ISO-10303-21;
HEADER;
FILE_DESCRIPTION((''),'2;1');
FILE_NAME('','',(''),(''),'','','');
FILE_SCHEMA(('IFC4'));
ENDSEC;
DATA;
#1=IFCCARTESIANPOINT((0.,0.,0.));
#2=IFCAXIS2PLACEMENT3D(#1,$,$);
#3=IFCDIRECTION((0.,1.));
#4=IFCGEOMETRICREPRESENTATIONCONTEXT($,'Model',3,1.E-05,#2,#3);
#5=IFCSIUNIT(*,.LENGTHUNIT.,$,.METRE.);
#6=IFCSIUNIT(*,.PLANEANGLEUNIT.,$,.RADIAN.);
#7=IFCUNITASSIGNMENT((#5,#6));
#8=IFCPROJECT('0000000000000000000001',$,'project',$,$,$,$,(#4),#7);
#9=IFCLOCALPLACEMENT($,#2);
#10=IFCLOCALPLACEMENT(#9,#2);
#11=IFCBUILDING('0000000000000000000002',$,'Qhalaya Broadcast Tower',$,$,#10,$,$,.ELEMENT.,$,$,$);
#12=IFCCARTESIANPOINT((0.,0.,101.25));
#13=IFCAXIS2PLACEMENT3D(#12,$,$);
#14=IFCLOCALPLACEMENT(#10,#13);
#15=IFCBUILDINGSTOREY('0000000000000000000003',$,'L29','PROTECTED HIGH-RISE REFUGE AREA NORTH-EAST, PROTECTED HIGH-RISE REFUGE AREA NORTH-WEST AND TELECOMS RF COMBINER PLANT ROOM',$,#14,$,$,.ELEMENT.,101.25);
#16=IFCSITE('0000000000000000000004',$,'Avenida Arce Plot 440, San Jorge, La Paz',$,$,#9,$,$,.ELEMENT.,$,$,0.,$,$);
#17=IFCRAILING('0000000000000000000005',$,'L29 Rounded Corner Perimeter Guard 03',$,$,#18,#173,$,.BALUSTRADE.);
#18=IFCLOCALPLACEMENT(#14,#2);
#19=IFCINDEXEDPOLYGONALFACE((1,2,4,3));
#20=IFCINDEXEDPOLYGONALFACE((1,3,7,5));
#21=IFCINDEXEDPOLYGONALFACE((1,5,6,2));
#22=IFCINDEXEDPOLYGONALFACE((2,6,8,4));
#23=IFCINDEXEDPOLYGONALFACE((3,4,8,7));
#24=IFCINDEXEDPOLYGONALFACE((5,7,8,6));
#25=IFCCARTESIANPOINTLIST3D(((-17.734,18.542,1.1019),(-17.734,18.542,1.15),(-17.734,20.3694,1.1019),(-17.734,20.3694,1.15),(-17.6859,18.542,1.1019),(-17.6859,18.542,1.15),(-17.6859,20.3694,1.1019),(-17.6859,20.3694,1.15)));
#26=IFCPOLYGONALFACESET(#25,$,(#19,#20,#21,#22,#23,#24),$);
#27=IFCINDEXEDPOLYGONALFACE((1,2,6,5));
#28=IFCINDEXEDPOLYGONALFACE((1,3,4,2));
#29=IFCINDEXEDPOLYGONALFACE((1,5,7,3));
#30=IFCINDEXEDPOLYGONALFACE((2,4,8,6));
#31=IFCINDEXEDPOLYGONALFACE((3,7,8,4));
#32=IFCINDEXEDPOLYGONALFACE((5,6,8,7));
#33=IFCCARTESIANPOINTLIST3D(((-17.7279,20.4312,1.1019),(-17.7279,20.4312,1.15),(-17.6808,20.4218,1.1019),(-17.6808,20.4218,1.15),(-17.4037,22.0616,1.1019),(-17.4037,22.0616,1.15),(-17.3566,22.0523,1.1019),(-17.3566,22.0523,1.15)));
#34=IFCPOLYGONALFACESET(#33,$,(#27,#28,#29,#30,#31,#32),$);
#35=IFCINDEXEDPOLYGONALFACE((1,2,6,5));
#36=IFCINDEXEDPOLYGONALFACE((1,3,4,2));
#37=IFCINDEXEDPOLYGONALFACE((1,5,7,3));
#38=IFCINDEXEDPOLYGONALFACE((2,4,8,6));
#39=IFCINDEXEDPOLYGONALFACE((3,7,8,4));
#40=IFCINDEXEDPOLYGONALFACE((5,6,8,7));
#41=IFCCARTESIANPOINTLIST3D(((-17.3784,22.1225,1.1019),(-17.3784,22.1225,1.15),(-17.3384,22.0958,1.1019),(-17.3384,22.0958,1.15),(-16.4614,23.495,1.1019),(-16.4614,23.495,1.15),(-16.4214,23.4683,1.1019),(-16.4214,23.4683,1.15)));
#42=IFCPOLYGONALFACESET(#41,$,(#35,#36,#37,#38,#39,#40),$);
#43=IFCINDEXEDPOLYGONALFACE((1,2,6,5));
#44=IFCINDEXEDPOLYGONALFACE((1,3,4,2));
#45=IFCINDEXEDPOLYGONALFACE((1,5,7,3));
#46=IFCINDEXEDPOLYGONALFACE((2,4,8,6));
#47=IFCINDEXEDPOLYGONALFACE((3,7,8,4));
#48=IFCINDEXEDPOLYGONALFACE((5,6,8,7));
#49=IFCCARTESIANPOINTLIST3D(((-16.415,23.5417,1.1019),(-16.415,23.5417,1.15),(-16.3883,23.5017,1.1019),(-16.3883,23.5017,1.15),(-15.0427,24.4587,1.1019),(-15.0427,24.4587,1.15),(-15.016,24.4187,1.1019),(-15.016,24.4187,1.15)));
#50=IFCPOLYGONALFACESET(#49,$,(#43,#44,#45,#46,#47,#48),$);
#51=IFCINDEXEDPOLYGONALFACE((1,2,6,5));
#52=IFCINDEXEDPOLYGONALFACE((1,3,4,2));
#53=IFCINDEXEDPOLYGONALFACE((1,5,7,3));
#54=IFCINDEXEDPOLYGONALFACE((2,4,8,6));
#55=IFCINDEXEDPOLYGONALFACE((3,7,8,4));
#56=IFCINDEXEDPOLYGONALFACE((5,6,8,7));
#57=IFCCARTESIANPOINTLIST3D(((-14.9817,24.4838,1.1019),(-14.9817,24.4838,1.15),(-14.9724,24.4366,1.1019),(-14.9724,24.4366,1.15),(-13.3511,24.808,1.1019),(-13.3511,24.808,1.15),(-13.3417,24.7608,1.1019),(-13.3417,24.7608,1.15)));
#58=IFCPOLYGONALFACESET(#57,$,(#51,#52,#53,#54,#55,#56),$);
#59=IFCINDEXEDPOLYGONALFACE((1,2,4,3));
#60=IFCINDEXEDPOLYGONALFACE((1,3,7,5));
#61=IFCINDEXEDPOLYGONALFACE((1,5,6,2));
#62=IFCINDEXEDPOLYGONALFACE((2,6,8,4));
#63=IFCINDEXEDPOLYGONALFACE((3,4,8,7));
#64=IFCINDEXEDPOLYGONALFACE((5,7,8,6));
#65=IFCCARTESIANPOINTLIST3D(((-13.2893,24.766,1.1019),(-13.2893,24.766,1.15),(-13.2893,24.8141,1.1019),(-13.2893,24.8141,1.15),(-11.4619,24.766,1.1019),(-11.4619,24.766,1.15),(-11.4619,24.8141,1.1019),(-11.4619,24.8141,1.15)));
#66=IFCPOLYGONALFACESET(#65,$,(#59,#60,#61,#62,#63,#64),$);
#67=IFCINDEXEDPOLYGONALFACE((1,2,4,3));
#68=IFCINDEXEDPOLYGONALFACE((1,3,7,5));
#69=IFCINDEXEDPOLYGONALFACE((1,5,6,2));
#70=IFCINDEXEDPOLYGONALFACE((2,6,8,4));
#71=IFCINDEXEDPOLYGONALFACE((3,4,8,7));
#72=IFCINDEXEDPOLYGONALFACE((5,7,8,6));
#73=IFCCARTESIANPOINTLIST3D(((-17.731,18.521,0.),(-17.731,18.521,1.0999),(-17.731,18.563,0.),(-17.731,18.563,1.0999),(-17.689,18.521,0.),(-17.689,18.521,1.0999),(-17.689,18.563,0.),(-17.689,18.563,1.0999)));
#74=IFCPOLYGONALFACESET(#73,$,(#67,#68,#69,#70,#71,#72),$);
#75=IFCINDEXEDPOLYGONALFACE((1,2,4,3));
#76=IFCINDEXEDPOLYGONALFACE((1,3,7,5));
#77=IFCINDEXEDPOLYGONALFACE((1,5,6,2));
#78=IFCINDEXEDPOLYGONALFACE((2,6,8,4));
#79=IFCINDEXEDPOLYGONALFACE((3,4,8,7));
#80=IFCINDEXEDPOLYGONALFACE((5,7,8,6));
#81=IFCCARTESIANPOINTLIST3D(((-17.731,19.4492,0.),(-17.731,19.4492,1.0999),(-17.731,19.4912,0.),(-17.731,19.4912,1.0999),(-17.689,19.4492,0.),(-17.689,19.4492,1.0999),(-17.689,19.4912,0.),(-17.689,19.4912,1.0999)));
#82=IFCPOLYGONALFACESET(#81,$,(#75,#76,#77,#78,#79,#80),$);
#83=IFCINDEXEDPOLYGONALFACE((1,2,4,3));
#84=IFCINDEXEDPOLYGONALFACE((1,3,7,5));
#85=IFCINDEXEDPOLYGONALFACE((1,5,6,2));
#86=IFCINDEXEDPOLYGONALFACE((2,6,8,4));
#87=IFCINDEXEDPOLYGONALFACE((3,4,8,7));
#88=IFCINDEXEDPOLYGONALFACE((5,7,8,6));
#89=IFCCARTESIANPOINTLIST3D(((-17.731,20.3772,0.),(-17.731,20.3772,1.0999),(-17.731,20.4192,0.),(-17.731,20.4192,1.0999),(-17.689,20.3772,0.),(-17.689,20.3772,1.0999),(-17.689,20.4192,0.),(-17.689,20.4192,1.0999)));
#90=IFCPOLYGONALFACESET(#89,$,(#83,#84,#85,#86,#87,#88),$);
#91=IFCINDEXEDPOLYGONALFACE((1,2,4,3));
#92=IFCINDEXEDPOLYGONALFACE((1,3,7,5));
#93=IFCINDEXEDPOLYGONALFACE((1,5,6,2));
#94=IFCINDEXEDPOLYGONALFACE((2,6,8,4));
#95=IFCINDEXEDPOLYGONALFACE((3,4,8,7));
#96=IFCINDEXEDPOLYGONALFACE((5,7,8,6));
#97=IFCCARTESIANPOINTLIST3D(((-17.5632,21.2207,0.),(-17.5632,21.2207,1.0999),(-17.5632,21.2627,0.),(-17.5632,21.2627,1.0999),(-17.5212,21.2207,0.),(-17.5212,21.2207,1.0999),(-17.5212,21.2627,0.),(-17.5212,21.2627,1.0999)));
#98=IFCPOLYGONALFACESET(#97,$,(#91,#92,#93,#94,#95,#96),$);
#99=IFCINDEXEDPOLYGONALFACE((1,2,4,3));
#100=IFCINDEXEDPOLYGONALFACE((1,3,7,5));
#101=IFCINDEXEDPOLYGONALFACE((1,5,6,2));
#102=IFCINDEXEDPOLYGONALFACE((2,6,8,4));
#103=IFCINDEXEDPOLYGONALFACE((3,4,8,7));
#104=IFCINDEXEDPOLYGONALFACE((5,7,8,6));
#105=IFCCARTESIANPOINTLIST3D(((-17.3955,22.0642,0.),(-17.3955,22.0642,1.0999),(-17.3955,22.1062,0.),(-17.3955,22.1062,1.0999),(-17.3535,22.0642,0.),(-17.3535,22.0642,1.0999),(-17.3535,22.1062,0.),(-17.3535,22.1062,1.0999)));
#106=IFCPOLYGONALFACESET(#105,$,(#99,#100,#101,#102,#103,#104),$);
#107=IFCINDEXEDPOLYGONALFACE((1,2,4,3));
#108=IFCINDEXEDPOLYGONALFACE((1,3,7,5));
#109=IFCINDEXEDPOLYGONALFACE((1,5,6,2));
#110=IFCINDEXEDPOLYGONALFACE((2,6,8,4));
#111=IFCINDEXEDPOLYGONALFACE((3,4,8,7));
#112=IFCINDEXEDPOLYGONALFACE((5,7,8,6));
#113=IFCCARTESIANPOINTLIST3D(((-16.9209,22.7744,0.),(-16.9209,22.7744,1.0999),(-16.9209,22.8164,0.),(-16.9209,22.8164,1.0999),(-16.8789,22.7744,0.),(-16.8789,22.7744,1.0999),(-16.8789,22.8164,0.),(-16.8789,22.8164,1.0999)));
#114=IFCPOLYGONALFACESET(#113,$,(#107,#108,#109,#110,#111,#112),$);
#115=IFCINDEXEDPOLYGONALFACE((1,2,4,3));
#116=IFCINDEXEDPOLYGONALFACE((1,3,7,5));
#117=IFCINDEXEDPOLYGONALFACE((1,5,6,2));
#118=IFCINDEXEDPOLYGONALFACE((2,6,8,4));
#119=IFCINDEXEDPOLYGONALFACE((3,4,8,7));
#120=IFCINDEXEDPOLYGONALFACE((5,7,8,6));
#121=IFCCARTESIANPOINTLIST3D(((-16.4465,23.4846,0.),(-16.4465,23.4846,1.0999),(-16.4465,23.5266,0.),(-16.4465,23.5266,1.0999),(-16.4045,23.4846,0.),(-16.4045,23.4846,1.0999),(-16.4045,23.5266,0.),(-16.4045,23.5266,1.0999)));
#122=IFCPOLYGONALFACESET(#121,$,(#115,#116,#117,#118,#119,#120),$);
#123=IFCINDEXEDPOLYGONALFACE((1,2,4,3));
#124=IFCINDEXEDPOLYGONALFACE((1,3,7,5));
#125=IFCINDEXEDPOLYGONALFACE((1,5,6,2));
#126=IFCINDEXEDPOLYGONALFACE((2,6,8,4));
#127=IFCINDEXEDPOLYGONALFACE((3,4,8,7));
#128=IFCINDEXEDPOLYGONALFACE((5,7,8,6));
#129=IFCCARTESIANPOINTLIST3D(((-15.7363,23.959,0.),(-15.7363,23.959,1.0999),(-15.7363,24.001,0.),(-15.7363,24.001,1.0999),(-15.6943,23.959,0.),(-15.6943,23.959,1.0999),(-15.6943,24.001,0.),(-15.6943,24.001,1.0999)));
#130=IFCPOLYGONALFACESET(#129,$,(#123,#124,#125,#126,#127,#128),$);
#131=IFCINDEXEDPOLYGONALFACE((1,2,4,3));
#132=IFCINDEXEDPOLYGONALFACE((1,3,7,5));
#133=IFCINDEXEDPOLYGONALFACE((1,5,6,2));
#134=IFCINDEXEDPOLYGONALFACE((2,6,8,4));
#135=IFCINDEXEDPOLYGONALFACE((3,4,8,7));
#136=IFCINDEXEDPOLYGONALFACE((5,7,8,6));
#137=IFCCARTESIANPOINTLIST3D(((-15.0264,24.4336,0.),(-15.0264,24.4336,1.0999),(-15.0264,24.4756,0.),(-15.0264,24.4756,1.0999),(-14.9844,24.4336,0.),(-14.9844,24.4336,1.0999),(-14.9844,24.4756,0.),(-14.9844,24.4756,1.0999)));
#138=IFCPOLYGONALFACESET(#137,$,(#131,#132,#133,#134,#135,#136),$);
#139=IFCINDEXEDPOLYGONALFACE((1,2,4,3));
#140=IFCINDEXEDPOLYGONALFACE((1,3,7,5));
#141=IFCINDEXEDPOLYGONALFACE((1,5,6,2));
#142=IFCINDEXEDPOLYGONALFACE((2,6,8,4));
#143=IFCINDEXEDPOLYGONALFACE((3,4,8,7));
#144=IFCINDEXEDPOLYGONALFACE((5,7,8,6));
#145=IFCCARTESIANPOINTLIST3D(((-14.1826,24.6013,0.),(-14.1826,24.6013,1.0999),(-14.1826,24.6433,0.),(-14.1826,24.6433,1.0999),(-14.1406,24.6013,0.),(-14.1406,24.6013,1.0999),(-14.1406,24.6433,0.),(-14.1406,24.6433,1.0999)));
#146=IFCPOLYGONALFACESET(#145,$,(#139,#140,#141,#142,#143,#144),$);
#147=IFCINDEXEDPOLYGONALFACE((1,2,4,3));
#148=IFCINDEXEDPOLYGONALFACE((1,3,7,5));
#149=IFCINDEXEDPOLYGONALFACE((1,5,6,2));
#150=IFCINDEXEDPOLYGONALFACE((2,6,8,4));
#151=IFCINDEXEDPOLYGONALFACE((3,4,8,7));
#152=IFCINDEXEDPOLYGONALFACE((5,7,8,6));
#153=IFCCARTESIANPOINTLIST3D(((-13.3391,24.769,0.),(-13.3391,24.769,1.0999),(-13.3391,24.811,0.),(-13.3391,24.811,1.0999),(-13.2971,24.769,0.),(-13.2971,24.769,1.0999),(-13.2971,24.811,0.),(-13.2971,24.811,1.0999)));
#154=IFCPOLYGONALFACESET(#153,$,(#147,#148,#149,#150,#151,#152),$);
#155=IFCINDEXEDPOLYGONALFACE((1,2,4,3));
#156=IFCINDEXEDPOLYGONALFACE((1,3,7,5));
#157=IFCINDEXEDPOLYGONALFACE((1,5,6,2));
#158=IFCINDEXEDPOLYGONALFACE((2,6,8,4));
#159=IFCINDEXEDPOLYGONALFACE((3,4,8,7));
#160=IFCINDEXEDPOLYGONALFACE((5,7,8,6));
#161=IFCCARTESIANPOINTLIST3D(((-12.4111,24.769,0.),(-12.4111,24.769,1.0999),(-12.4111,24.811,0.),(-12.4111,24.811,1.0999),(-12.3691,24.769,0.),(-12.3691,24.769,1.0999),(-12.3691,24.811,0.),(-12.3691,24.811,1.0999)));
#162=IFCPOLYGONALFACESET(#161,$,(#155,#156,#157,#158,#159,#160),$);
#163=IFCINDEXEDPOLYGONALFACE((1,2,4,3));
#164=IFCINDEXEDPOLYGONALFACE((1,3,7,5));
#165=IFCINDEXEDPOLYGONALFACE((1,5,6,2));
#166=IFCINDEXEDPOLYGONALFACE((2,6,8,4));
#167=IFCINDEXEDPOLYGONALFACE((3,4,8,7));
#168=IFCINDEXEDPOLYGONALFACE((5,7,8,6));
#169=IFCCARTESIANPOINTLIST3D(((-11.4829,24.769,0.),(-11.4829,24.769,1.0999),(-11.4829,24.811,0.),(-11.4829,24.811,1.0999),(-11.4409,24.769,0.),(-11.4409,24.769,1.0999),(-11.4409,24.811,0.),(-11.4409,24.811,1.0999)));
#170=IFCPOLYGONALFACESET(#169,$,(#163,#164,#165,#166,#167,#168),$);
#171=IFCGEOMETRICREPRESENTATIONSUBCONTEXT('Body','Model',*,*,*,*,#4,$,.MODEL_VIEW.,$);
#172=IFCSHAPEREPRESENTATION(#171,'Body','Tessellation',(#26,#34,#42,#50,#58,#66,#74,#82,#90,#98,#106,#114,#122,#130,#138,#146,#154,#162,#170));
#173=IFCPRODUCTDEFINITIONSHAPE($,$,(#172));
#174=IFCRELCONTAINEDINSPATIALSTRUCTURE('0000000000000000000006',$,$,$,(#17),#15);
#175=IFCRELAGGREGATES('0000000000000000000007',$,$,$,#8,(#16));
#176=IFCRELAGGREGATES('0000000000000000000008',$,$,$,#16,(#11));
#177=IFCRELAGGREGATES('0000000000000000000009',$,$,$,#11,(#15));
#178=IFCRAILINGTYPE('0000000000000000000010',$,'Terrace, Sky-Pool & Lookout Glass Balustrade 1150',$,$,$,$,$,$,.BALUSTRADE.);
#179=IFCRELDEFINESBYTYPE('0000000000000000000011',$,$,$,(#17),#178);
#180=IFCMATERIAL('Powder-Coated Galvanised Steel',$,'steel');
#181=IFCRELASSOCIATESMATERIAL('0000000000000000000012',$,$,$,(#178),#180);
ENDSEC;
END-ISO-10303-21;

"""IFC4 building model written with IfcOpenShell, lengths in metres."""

from ifc_helpers import new_model, si_unit, direction, frame, origin, origin_2d, place, context, subcontext, project, spatial, rectangle, extrude, material, type_object, element, save


model = new_model("IFC4")

# Units and contexts
model_context = context("Model", 3, precision=1e-05, world=origin(), true_north=direction((0.0, 1.0)))
body_context = subcontext(model_context, "Body", "Model", "MODEL_VIEW")
ifc_project = project(units=[si_unit("LENGTHUNIT", "METRE"), si_unit("PLANEANGLEUNIT", "RADIAN")], contexts=[model_context])

# Site, building, storey
site_placement = place(None, origin())
site = spatial("IfcSite", under=ifc_project, at=site_placement, Name="Avenida Arce Plot 440, San Jorge, La Paz", CompositionType="ELEMENT", RefElevation=0.0)
building_placement = place(site_placement, origin())
building = spatial("IfcBuilding", under=site, at=building_placement, Name="Qhalaya Broadcast Tower", CompositionType="ELEMENT")
storey_placement = place(building_placement, frame((0.0, 0.0, 101.25)))
storey = spatial("IfcBuildingStorey", under=building, at=storey_placement, Name="L29", Description="PROTECTED HIGH-RISE REFUGE AREA NORTH-EAST, PROTECTED HIGH-RISE REFUGE AREA NORTH-WEST AND TELECOMS RF COMBINER PLANT ROOM", CompositionType="ELEMENT", Elevation=101.25)

# Railing
ifc_material_1 = material(Name="Powder-Coated Galvanised Steel", Category="steel")
railing_type = type_object("IfcRailingType", Name="Terrace, Sky-Pool & Lookout Glass Balustrade 1150", PredefinedType="BALUSTRADE", material=ifc_material_1)
railing_1_placement = place(storey_placement, frame((-17.71, 18.542, 0.0)))
element("IfcRailing", 1, at=railing_1_placement, inside=storey, type_object=railing_type, Name="L29 Rounded Corner Perimeter Guard 03", PredefinedType="BALUSTRADE", context=body_context, shape_type="SweptSolid", body=[
    extrude(rectangle(XDim=0.0481, YDim=0.0481, at=origin_2d()), frame((0.0, 0.0, 1.126), z_axis=(0.0, 1.0, 0.0), x_axis=(-1.0, 0.0, 0.0)), (0.0, 0.0, 1.0), 1.8274),
    extrude(rectangle(XDim=0.0481, YDim=0.0481, at=origin_2d()), frame((0.0056, 1.8845, 1.126), z_axis=(0.195024, 0.980798, 0.0), x_axis=(-0.980798, 0.195024, 0.0)), (0.0, 0.0, 1.0), 1.6624),
    extrude(rectangle(XDim=0.0481, YDim=0.0481, at=origin_2d()), frame((0.3516, 3.5671, 1.126), z_axis=(0.555524, 0.8315, 0.0), x_axis=(-0.8315, 0.555524, 0.0)), (0.0, 0.0, 1.0), 1.6506),
    extrude(rectangle(XDim=0.0481, YDim=0.0481, at=origin_2d()), frame((1.3083, 4.9797, 1.126), z_axis=(0.831456, 0.55559, 0.0), x_axis=(-0.55559, 0.831456, 0.0)), (0.0, 0.0, 1.0), 1.6504),
    extrude(rectangle(XDim=0.0481, YDim=0.0481, at=origin_2d()), frame((2.7329, 5.9182, 1.126), z_axis=(0.980804, 0.194997, 0.0), x_axis=(-0.194997, 0.980804, 0.0)), (0.0, 0.0, 1.0), 1.6626),
    extrude(rectangle(XDim=0.0481, YDim=0.0481, at=origin_2d()), frame((4.4207, 6.248, 1.126), z_axis=(1.0, 0.0, 0.0), x_axis=(0.0, 1.0, 0.0)), (0.0, 0.0, 1.0), 1.8274),
    extrude(rectangle(XDim=0.042, YDim=0.042, at=origin_2d()), origin(), (0.0, 0.0, 1.0), 1.0999),
    extrude(rectangle(XDim=0.042, YDim=0.042, at=origin_2d()), frame((0.0, 0.9282, 0.0)), (0.0, 0.0, 1.0), 1.0999),
    extrude(rectangle(XDim=0.042, YDim=0.042, at=origin_2d()), frame((0.0, 1.8562, 0.0)), (0.0, 0.0, 1.0), 1.0999),
    extrude(rectangle(XDim=0.042, YDim=0.042, at=origin_2d()), frame((0.1677, 2.6997, 0.0)), (0.0, 0.0, 1.0), 1.0999),
    extrude(rectangle(XDim=0.042, YDim=0.042, at=origin_2d()), frame((0.3354, 3.5432, 0.0)), (0.0, 0.0, 1.0), 1.0999),
    extrude(rectangle(XDim=0.042, YDim=0.042, at=origin_2d()), frame((0.8101, 4.2534, 0.0)), (0.0, 0.0, 1.0), 1.0999),
    extrude(rectangle(XDim=0.042, YDim=0.042, at=origin_2d()), frame((1.2844, 4.9636, 0.0)), (0.0, 0.0, 1.0), 1.0999),
    extrude(rectangle(XDim=0.042, YDim=0.042, at=origin_2d()), frame((1.9946, 5.438, 0.0)), (0.0, 0.0, 1.0), 1.0999),
    extrude(rectangle(XDim=0.042, YDim=0.042, at=origin_2d()), frame((2.7046, 5.9126, 0.0)), (0.0, 0.0, 1.0), 1.0999),
    extrude(rectangle(XDim=0.042, YDim=0.042, at=origin_2d()), frame((3.5483, 6.0803, 0.0)), (0.0, 0.0, 1.0), 1.0999),
    extrude(rectangle(XDim=0.042, YDim=0.042, at=origin_2d()), frame((4.3918, 6.248, 0.0)), (0.0, 0.0, 1.0), 1.0999),
    extrude(rectangle(XDim=0.042, YDim=0.042, at=origin_2d()), frame((5.3198, 6.248, 0.0)), (0.0, 0.0, 1.0), 1.0999),
    extrude(rectangle(XDim=0.042, YDim=0.042, at=origin_2d()), frame((6.248, 6.248, 0.0)), (0.0, 0.0, 1.0), 1.0999),
])

save(model, "model.ifc")
